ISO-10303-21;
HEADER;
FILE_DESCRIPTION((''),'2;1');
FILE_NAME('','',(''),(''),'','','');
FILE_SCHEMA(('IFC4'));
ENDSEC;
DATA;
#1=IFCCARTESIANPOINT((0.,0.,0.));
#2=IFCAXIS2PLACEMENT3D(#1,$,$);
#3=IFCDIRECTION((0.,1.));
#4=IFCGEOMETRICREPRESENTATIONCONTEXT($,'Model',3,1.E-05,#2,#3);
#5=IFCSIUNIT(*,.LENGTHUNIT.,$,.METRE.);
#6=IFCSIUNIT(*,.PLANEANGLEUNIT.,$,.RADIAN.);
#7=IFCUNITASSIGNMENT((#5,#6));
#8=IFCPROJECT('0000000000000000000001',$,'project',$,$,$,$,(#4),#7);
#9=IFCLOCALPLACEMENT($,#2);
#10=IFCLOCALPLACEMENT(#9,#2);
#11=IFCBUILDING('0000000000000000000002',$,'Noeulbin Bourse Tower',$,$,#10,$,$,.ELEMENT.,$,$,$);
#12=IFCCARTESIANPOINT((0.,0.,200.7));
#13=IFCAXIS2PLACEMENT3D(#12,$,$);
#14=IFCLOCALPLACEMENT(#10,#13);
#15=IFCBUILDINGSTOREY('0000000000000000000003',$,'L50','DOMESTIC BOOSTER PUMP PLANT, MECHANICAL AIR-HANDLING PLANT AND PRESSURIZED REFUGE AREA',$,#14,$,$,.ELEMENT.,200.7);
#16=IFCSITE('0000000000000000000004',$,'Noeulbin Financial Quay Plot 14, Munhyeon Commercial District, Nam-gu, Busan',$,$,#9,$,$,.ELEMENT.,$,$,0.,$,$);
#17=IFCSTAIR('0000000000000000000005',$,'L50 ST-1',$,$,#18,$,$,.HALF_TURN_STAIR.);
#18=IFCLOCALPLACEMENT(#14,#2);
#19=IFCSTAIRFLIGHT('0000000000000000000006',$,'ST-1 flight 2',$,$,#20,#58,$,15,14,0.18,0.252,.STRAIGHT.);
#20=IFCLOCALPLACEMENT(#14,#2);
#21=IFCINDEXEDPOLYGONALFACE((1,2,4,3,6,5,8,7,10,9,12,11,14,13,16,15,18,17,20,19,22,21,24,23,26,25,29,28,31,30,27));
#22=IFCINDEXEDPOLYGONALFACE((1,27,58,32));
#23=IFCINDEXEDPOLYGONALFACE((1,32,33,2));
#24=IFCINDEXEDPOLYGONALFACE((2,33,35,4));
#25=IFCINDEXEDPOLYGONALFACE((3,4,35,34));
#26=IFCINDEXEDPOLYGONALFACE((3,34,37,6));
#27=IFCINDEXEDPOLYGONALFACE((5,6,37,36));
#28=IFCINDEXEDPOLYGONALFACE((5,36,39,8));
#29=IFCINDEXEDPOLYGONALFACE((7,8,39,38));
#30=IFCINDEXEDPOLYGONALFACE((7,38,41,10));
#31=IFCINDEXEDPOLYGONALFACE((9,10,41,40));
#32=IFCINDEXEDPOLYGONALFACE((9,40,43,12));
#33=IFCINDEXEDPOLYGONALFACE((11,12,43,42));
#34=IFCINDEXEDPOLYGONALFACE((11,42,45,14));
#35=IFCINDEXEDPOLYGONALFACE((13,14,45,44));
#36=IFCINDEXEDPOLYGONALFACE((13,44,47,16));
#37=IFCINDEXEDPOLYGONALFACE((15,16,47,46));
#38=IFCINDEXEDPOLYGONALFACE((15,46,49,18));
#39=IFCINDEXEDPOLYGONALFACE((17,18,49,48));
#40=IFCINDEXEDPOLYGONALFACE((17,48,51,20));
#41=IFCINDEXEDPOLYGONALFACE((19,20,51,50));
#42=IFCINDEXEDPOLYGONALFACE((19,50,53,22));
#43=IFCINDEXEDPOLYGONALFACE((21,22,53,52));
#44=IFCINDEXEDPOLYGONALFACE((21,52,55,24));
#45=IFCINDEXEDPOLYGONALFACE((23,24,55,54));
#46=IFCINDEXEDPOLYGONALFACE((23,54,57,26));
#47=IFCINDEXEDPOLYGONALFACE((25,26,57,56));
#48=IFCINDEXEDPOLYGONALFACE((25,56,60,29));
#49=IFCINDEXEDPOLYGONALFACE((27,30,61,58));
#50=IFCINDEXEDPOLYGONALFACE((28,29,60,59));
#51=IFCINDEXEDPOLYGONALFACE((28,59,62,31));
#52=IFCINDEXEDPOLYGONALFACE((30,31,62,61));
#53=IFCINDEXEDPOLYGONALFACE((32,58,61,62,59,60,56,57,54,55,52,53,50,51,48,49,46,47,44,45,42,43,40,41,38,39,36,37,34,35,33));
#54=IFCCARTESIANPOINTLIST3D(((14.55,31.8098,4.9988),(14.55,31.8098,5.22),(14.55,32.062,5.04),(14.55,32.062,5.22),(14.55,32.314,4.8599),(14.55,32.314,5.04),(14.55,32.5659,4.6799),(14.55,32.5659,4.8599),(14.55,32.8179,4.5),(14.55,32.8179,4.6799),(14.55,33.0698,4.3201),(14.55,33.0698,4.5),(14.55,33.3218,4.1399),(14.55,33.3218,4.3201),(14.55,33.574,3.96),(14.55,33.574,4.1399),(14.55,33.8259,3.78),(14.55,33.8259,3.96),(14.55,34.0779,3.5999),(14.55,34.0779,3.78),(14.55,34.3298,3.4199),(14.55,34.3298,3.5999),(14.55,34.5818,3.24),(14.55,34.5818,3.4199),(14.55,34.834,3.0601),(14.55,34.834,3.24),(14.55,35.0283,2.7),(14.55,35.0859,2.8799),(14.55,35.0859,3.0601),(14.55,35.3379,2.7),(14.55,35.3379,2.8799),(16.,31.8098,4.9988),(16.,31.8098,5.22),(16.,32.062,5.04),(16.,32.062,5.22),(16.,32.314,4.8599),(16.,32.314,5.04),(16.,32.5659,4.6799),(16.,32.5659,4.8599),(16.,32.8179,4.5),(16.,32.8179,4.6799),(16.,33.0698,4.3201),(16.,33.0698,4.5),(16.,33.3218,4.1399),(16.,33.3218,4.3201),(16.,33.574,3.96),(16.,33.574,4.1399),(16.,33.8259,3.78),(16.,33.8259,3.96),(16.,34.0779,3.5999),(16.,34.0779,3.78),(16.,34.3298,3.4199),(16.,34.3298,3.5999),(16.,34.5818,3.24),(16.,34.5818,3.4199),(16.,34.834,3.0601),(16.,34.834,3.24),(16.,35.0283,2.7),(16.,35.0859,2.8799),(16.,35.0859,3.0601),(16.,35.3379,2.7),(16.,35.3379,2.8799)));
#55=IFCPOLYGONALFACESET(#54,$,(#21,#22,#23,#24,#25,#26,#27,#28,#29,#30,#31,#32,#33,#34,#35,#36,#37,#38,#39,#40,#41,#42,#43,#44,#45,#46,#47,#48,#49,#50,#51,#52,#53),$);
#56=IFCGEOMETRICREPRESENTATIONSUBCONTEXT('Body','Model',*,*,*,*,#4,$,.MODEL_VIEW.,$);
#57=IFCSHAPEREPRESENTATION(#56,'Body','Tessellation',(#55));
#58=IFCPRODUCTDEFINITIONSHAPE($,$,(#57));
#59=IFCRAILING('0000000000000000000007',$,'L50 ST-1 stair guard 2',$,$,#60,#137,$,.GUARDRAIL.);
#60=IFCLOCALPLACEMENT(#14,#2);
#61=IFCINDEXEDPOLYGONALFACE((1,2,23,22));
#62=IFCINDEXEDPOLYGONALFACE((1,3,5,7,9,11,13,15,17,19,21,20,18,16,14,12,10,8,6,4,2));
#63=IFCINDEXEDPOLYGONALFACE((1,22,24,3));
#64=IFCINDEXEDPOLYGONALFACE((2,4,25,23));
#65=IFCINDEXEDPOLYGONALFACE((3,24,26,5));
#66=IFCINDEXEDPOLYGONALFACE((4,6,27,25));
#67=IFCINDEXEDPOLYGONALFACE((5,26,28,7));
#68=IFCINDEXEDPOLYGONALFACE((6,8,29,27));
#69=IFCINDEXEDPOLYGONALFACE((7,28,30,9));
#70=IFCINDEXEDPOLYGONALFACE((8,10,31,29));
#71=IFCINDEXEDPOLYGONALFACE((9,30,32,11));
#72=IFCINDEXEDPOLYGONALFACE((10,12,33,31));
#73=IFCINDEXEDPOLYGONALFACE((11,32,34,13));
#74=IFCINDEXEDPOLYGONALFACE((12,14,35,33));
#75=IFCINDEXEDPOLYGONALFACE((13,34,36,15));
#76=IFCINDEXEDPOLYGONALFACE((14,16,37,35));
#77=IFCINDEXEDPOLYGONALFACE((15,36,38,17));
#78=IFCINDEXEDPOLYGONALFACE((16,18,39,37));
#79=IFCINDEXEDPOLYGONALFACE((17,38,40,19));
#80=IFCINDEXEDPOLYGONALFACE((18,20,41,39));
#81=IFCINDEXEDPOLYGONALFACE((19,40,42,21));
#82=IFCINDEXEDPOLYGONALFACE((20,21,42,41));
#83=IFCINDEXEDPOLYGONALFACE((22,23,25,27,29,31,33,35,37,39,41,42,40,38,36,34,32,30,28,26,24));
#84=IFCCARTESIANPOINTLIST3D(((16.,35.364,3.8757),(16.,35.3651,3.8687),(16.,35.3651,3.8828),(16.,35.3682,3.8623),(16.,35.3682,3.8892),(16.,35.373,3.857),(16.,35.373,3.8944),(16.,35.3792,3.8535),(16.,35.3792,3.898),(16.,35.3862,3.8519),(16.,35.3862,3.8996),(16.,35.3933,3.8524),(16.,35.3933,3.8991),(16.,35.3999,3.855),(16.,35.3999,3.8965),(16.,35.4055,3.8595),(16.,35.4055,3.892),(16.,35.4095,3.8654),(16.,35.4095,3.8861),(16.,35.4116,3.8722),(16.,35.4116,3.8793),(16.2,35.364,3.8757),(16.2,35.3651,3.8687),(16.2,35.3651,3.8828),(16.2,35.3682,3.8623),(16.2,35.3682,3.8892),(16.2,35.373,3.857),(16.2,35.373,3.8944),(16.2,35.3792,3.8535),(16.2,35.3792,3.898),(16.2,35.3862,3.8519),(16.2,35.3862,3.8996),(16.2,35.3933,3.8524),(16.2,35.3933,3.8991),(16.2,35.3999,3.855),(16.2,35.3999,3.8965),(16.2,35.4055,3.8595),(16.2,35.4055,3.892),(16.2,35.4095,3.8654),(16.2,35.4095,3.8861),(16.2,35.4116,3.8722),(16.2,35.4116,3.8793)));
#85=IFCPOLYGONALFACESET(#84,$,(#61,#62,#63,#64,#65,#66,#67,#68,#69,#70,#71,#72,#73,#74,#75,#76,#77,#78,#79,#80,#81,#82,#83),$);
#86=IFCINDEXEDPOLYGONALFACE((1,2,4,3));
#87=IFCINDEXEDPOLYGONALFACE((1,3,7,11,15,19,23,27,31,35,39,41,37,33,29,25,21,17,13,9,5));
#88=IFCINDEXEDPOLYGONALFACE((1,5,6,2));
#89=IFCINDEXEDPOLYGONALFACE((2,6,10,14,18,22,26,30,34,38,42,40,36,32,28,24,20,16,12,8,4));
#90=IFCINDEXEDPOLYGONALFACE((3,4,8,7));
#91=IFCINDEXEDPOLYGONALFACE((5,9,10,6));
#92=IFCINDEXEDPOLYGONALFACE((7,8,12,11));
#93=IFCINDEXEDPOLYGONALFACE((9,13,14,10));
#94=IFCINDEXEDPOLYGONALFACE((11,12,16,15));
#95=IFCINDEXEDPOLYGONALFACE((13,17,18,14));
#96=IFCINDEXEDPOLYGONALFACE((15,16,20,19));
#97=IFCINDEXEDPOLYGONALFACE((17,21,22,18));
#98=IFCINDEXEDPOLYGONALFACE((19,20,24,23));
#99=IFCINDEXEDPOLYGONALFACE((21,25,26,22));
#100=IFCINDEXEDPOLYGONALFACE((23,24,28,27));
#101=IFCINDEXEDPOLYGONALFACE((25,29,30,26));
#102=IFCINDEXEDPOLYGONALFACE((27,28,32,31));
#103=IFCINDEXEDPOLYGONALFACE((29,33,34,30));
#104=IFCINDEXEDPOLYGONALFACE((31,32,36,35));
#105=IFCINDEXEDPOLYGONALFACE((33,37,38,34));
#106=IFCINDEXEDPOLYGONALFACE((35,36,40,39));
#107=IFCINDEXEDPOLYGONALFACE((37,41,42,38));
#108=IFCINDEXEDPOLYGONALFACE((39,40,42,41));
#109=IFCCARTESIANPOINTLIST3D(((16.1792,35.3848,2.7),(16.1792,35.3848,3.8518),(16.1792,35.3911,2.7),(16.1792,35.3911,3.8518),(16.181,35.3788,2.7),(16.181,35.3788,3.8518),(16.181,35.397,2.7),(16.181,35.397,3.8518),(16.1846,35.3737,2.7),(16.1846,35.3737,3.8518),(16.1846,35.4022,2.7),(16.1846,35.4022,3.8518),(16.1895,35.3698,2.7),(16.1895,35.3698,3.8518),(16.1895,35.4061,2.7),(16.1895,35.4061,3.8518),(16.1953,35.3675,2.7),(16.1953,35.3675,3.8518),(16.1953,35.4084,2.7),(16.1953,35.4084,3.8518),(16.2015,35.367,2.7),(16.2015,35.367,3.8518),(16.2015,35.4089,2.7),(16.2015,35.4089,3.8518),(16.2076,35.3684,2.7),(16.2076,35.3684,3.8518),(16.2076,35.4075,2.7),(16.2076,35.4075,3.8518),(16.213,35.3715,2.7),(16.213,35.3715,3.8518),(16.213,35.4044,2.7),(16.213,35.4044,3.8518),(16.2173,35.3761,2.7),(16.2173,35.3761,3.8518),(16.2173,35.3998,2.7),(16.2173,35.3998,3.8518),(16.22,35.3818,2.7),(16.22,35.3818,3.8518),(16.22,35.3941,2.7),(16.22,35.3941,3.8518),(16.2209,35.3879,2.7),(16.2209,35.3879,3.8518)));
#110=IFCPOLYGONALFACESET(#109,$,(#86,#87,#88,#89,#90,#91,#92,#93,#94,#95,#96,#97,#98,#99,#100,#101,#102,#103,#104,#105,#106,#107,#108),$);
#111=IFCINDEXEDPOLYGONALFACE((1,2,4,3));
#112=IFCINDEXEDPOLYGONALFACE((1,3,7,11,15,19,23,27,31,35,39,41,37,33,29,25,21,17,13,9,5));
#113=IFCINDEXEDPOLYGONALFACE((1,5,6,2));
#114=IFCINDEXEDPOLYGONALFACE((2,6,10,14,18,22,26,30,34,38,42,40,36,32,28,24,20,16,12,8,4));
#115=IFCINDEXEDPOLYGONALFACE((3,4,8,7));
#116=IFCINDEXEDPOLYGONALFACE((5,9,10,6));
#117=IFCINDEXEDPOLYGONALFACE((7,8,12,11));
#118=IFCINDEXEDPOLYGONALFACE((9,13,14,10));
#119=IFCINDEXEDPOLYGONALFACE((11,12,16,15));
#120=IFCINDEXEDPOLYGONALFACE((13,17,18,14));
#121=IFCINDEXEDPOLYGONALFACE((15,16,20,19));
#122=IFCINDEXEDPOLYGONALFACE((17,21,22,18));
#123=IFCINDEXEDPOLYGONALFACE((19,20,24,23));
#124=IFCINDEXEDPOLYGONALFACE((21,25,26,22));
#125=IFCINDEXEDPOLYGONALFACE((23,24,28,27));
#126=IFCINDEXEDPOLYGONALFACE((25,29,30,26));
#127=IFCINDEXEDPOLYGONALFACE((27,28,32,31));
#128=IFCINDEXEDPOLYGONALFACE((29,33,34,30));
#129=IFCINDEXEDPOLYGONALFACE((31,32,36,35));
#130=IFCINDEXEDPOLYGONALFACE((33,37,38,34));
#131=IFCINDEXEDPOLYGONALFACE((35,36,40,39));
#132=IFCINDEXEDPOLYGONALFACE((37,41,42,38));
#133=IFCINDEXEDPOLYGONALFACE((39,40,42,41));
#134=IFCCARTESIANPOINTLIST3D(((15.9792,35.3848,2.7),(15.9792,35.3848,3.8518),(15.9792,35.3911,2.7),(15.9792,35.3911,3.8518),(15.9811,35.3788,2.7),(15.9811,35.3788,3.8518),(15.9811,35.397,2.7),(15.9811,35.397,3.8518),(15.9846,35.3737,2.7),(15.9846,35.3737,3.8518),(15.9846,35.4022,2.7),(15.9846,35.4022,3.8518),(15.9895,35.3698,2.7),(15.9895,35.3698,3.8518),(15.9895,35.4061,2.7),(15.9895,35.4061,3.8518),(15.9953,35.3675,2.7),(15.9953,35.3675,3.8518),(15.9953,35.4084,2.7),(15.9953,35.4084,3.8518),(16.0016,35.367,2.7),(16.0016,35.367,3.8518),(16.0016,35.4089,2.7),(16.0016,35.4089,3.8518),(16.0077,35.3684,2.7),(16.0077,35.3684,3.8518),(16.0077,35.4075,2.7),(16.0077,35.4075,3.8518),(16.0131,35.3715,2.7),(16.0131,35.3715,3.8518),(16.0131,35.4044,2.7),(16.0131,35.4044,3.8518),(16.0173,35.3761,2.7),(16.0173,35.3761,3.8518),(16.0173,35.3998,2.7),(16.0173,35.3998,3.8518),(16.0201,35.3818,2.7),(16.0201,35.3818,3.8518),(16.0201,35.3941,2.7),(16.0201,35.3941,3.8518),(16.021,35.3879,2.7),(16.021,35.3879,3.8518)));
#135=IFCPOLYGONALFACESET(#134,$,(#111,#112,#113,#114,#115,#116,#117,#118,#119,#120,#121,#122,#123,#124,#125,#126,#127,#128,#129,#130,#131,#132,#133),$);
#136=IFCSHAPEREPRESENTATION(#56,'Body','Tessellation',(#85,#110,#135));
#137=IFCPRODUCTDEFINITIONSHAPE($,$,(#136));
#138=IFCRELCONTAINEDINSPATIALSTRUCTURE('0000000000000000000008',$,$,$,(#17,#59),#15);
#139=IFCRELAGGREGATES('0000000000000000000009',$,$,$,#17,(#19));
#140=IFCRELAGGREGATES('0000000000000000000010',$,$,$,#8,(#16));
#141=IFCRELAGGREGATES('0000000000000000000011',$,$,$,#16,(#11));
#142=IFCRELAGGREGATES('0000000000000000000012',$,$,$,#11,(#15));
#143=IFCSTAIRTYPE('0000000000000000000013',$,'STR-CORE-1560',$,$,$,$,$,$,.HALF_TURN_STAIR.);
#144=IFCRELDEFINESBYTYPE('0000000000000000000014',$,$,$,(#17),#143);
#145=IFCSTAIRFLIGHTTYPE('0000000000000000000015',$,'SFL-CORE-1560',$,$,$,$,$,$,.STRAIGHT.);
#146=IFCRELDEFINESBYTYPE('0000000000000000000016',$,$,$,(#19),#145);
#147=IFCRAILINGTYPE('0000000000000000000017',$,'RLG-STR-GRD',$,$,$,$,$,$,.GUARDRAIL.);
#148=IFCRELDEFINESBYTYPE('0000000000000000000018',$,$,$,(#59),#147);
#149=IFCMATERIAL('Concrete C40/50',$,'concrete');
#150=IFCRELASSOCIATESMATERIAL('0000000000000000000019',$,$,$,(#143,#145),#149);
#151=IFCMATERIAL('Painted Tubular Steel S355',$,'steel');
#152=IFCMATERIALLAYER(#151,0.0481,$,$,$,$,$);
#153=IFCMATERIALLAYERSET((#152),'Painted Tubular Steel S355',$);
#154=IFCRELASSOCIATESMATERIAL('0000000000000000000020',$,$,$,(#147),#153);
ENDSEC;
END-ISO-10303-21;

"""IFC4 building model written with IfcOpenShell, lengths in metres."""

from ifc_helpers import new_model, si_unit, direction, frame, origin, origin_2d, place, context, subcontext, project, spatial, polyline, circle, outline, extrude, material, layer, layer_set, type_object, element, aggregate, save


model = new_model("IFC4")

# Units and contexts
model_context = context("Model", 3, precision=1e-05, world=origin(), true_north=direction((0.0, 1.0)))
body_context = subcontext(model_context, "Body", "Model", "MODEL_VIEW")
ifc_project = project(units=[si_unit("LENGTHUNIT", "METRE"), si_unit("PLANEANGLEUNIT", "RADIAN")], contexts=[model_context])

# Site, building, storey
site_placement = place(None, origin())
site = spatial("IfcSite", under=ifc_project, at=site_placement, Name="Noeulbin Financial Quay Plot 14, Munhyeon Commercial District, Nam-gu, Busan", CompositionType="ELEMENT", RefElevation=0.0)
building_placement = place(site_placement, origin())
building = spatial("IfcBuilding", under=site, at=building_placement, Name="Noeulbin Bourse Tower", CompositionType="ELEMENT")
storey_placement = place(building_placement, frame((0.0, 0.0, 200.7)))
storey = spatial("IfcBuildingStorey", under=building, at=storey_placement, Name="L50", Description="DOMESTIC BOOSTER PUMP PLANT, MECHANICAL AIR-HANDLING PLANT AND PRESSURIZED REFUGE AREA", CompositionType="ELEMENT", Elevation=200.7)

# Shared definitions
ifc_material_1 = material(Name="Concrete C40/50", Category="concrete")

# Stair, stair flight
stair_type = type_object("IfcStairType", Name="STR-CORE-1560", PredefinedType="HALF_TURN_STAIR", material=ifc_material_1)
stair_placement = place(storey_placement, origin())
stair = element("IfcStair", 1, at=stair_placement, inside=storey, type_object=stair_type, Name="L50 ST-1", PredefinedType="HALF_TURN_STAIR")
stair_flight_type = type_object("IfcStairFlightType", Name="SFL-CORE-1560", PredefinedType="STRAIGHT", material=ifc_material_1)
stair_flight_placement = place(storey_placement, frame((15.2749, 35.3379, 2.7), z_axis=(0.0, 0.0, 1.0), x_axis=(0.0, -1.0, 0.0)))
stair_flight = element("IfcStairFlight", 2, at=stair_flight_placement, type_object=stair_flight_type, Name="ST-1 flight 2", NumberOfRisers=15, NumberOfTreads=14, PredefinedType="STRAIGHT", RiserHeight=0.18, TreadLength=0.252, context=body_context, shape_type="SweptSolid", body=[
    extrude(outline(polyline([(0.0, 0.0), (0.0, 0.1799), (0.252, 0.1799), (0.252, 0.3601), (0.5039, 0.3601), (0.5039, 0.54), (0.7561, 0.54), (0.7561, 0.72), (1.0081, 0.72), (1.0081, 0.8999), (1.26, 0.8999), (1.26, 1.0801), (1.512, 1.0801), (1.512, 1.26), (1.7639, 1.26), (1.7639, 1.4399), (2.0161, 1.4399), (2.0161, 1.6201), (2.2681, 1.6201), (2.2681, 1.8), (2.52, 1.8), (2.52, 1.98), (2.772, 1.98), (2.772, 2.1599), (3.0239, 2.1599), (3.0239, 2.3401), (3.2759, 2.3401), (3.2759, 2.52), (3.5281, 2.52), (3.5281, 2.7), (3.5281, 2.2988), (0.3096, 0.0), (0.0, 0.0)])), frame((0.0, 0.7251, 0.0), z_axis=(0.0, -1.0, 0.0), x_axis=(1.0, 0.0, 0.0)), (0.0, 0.0, 1.0), 1.45),
])
aggregate(stair, [stair_flight])

# Railing
ifc_material_2 = material(Name="Painted Tubular Steel S355", Category="steel")
ifc_layer_1 = layer(ifc_material_2, 0.0481)
ifc_layer_set_1 = layer_set([ifc_layer_1], Name="Painted Tubular Steel S355")
railing_type_1 = type_object("IfcRailingType", Name="RLG-STR-GRD", PredefinedType="GUARDRAIL", material=ifc_layer_set_1)
railing_1_placement = place(storey_placement, frame((16.2, 35.3879, 2.7)))
element("IfcRailing", 3, at=railing_1_placement, inside=storey, type_object=railing_type_1, Name="L50 ST-1 stair guard 2", PredefinedType="GUARDRAIL", context=body_context, shape_type="SweptSolid", body=[
    extrude(circle(Radius=0.0239, at=origin_2d()), frame((0.0, 0.0, 1.1758), z_axis=(-1.0, 0.0, 0.0), x_axis=(0.0, -1.0, 0.0)), (0.0, 0.0, 1.0), 0.2),
    extrude(circle(Radius=0.021, at=origin_2d()), origin(), (0.0, 0.0, 1.0), 1.1519),
    extrude(circle(Radius=0.021, at=origin_2d()), frame((-0.2, 0.0, 0.0)), (0.0, 0.0, 1.0), 1.1519),
])

save(model, "model.ifc")
